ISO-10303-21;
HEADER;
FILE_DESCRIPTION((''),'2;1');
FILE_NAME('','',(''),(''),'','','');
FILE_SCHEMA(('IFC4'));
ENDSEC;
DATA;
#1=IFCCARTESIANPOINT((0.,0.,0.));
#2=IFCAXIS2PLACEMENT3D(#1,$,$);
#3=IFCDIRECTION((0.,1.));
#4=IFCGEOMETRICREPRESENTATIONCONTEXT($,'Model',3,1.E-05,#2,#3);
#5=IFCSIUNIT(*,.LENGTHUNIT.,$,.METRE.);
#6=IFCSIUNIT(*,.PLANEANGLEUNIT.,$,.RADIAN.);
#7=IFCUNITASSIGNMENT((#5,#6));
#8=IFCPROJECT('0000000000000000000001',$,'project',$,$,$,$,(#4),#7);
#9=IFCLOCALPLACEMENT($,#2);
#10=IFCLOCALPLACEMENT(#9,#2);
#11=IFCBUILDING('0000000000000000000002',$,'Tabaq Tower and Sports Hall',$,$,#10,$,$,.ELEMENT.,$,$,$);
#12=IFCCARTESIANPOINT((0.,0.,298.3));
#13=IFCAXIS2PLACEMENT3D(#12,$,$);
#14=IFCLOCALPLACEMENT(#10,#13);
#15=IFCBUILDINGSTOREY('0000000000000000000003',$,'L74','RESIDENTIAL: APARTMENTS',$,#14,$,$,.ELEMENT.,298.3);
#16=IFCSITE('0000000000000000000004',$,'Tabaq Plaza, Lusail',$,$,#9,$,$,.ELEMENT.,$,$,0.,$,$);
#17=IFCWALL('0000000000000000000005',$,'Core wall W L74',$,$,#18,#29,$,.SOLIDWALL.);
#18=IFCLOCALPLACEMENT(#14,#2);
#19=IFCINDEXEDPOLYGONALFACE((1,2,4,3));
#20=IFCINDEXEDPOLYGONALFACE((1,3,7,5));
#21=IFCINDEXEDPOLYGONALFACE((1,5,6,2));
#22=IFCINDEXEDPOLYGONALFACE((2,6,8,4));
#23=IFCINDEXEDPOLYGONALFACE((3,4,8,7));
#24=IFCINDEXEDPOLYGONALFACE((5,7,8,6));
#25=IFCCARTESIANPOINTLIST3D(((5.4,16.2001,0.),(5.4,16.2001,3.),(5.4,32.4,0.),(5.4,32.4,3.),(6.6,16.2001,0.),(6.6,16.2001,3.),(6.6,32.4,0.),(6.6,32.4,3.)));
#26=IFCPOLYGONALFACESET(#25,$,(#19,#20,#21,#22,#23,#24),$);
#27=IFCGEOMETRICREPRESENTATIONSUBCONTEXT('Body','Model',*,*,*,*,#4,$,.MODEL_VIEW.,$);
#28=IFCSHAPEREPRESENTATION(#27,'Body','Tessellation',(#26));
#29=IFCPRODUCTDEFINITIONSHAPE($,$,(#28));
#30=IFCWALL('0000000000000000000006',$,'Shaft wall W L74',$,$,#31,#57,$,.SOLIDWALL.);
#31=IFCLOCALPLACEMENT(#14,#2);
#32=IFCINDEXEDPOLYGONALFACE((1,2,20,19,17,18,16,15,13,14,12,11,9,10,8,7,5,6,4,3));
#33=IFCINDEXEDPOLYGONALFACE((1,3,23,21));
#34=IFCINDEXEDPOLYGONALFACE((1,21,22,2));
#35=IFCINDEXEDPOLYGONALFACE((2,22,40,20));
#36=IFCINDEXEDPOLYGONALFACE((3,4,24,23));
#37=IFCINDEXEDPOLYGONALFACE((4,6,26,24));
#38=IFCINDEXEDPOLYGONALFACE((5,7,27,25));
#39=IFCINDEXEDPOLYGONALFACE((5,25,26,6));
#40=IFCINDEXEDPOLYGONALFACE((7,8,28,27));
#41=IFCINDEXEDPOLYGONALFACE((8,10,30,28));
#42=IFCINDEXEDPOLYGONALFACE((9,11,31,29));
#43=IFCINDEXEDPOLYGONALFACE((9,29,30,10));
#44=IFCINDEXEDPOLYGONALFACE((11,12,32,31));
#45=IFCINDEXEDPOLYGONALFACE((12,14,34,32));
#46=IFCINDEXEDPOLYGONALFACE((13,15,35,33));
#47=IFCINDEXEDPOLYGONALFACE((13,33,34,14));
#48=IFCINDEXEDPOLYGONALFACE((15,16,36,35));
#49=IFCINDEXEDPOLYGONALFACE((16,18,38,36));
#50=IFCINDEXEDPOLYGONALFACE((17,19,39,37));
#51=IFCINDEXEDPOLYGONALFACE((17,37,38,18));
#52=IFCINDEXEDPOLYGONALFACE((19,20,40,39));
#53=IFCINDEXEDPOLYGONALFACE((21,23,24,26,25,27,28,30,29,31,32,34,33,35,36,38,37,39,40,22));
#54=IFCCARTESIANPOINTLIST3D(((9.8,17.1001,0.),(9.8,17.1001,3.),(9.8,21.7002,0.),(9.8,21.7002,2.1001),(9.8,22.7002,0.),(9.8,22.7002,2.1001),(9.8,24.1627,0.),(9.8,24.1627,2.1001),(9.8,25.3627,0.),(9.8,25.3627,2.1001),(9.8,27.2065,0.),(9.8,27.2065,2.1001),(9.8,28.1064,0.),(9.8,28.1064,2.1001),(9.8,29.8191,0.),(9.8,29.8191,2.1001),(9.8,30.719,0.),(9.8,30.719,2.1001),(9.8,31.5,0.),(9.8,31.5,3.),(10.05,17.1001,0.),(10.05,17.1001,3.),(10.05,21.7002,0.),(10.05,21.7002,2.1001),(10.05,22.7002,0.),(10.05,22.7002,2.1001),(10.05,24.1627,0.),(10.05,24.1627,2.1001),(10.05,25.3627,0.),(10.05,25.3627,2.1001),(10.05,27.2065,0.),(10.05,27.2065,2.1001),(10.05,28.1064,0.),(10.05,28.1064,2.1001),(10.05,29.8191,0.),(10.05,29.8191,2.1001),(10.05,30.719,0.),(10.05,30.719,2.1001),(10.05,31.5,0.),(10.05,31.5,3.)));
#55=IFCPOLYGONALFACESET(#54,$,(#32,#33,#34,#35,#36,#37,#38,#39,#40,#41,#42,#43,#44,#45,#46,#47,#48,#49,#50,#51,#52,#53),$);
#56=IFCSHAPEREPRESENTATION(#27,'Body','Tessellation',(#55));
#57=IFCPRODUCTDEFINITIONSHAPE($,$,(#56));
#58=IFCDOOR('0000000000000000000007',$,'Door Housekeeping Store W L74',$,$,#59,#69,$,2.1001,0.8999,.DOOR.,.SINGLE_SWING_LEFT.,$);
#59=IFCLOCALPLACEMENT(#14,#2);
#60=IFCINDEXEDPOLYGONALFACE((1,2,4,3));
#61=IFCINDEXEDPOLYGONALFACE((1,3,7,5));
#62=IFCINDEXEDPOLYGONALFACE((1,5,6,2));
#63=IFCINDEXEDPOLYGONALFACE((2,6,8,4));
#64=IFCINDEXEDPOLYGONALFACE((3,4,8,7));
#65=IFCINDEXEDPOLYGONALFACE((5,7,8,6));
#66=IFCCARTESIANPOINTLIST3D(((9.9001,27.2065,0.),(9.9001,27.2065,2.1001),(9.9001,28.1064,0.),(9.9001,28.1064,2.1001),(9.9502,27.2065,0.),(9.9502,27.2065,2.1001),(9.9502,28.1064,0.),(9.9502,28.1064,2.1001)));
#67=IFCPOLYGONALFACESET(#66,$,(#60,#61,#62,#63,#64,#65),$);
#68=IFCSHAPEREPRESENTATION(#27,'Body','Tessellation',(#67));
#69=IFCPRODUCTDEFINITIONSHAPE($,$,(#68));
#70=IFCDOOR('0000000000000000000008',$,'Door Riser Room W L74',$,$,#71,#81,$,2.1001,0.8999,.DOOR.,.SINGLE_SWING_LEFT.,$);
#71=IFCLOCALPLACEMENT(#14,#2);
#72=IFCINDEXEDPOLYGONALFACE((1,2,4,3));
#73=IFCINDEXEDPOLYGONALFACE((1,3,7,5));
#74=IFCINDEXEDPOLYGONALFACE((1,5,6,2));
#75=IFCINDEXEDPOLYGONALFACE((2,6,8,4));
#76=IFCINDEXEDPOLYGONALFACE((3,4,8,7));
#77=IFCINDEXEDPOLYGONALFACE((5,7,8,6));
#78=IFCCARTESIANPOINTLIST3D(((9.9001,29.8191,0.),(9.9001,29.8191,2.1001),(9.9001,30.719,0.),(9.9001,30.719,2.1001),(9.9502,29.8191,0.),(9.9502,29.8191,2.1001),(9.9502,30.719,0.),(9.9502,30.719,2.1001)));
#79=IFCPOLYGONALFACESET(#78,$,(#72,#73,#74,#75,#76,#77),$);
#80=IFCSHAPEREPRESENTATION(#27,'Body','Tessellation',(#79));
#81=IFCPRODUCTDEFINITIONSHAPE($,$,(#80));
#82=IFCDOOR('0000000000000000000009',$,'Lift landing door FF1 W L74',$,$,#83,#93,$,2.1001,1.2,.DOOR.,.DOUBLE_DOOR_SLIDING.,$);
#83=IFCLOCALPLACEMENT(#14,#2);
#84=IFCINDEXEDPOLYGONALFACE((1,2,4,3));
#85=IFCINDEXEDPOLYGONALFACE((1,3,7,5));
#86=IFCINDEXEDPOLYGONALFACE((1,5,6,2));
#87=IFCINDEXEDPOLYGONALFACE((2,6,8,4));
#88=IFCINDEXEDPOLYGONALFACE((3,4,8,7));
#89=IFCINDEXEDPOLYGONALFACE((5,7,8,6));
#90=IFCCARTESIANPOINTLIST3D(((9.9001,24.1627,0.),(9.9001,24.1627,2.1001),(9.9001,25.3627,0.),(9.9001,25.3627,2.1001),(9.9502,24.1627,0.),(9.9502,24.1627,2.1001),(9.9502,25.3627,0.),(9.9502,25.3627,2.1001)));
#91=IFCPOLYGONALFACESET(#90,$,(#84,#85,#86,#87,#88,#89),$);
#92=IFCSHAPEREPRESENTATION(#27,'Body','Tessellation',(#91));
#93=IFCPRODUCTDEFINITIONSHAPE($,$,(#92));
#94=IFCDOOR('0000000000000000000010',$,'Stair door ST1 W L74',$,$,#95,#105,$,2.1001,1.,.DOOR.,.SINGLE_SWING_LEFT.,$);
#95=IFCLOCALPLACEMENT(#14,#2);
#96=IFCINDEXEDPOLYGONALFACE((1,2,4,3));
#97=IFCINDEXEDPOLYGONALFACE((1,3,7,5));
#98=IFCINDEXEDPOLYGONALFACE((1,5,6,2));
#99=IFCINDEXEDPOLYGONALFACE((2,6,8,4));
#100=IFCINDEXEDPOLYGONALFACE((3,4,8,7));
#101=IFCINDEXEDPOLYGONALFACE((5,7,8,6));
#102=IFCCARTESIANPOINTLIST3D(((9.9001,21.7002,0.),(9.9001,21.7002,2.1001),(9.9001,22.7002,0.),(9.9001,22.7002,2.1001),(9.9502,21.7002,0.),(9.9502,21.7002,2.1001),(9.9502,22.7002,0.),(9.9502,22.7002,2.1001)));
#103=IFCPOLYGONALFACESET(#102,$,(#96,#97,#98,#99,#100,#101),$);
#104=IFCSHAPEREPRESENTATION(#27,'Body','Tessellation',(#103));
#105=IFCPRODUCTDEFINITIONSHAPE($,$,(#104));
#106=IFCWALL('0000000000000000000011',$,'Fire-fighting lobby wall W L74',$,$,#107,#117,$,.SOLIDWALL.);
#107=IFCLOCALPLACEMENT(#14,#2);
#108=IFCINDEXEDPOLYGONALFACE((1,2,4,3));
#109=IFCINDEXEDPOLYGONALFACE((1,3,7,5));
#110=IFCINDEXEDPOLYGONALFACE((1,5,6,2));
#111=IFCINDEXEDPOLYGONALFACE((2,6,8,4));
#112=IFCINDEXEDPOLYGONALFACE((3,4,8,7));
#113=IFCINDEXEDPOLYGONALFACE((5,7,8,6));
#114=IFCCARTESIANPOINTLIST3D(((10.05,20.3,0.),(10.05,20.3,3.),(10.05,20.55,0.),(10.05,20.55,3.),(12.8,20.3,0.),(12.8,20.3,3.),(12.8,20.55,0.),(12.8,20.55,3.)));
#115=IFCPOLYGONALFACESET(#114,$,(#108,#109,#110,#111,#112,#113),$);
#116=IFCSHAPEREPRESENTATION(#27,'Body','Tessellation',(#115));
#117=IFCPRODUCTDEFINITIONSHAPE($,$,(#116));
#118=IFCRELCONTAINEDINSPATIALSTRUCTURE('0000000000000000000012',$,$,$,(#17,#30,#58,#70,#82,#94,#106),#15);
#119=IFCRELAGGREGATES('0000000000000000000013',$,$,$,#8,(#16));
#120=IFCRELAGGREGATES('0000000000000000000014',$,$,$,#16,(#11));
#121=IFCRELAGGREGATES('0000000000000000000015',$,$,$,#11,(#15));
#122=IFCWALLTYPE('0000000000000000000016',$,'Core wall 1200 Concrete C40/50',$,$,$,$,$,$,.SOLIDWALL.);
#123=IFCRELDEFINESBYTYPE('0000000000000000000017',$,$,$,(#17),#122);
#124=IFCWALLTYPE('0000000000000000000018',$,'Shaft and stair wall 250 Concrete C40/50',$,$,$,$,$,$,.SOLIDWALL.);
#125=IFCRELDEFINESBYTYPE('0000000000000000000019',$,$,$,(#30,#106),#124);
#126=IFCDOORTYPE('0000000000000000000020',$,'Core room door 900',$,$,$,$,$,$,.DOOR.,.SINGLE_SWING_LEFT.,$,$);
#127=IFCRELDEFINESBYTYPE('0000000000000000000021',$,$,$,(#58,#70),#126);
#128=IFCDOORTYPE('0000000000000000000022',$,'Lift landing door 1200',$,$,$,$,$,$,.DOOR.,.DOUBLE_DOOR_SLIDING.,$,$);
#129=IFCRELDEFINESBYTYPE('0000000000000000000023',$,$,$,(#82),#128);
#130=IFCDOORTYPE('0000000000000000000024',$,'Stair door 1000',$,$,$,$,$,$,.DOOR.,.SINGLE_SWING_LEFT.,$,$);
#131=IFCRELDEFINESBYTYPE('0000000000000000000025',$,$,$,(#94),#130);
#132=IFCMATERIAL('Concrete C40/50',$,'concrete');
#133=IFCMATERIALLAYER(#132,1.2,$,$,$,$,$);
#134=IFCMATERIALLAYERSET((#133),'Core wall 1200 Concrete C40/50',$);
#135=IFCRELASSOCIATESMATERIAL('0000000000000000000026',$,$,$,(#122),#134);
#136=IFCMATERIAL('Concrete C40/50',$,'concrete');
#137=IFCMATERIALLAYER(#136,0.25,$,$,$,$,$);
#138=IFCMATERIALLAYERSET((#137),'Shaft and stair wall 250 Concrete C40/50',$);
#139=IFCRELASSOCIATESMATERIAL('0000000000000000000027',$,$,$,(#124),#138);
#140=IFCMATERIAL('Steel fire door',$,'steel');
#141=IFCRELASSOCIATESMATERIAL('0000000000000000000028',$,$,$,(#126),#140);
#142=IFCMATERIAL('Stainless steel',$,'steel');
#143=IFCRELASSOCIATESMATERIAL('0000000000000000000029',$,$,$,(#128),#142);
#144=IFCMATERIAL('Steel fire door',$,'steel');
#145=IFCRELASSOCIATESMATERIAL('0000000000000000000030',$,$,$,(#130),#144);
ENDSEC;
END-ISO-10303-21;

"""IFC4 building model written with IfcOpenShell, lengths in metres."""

from ifc_helpers import new_model, si_unit, direction, frame, frame_2d, origin, place, context, subcontext, project, spatial, rectangle, extrude, material, layer, layer_set, type_object, element, fill, save


model = new_model("IFC4")

# Units and contexts
model_context = context("Model", 3, precision=1e-05, world=origin(), true_north=direction((0.0, 1.0)))
body_context = subcontext(model_context, "Body", "Model", "MODEL_VIEW")
ifc_project = project(units=[si_unit("LENGTHUNIT", "METRE"), si_unit("PLANEANGLEUNIT", "RADIAN")], contexts=[model_context])

# Site, building, storey
site_placement = place(None, origin())
site = spatial("IfcSite", under=ifc_project, at=site_placement, Name="Tabaq Plaza, Lusail", CompositionType="ELEMENT", RefElevation=0.0)
building_placement = place(site_placement, origin())
building = spatial("IfcBuilding", under=site, at=building_placement, Name="Tabaq Tower and Sports Hall", CompositionType="ELEMENT")
storey_placement = place(building_placement, frame((0.0, 0.0, 298.3)))
storey = spatial("IfcBuildingStorey", under=building, at=storey_placement, Name="L74", Description="RESIDENTIAL: APARTMENTS", CompositionType="ELEMENT", Elevation=298.3)

# Wall
ifc_material_1 = material(Name="Concrete C40/50", Category="concrete")
ifc_layer_1 = layer(ifc_material_1, 1.2)
ifc_layer_set_1 = layer_set([ifc_layer_1], Name="Core wall 1200 Concrete C40/50")
wall_type_1 = type_object("IfcWallType", Name="Core wall 1200 Concrete C40/50", PredefinedType="SOLIDWALL", material=ifc_layer_set_1)
wall_1_placement = place(storey_placement, frame((6.0, 16.2, 0.0), z_axis=(0.0, 0.0, 1.0), x_axis=(0.0, 1.0, 0.0)))
element("IfcWall", 1, at=wall_1_placement, inside=storey, type_object=wall_type_1, Name="Core wall W L74", PredefinedType="SOLIDWALL", context=body_context, shape_type="SweptSolid", body=[
    extrude(rectangle(XDim=16.2, YDim=1.2, at=frame_2d((8.1001, 0.0))), origin(), (0.0, 0.0, 1.0), 3.0),
])

# Wall, openings, doors
ifc_material_2 = material(Name="Concrete C40/50", Category="concrete")
ifc_layer_2 = layer(ifc_material_2, 0.25)
ifc_layer_set_2 = layer_set([ifc_layer_2], Name="Shaft and stair wall 250 Concrete C40/50")
wall_type_2 = type_object("IfcWallType", Name="Shaft and stair wall 250 Concrete C40/50", PredefinedType="SOLIDWALL", material=ifc_layer_set_2)
wall_2_placement = place(storey_placement, frame((9.925, 17.1001, 0.0), z_axis=(0.0, 0.0, 1.0), x_axis=(0.0, 1.0, 0.0)))
wall_2 = element("IfcWall", 2, at=wall_2_placement, inside=storey, type_object=wall_type_2, Name="Shaft wall W L74", PredefinedType="SOLIDWALL", context=body_context, shape_type="SweptSolid", body=[
    extrude(rectangle(XDim=14.3999, YDim=0.25, at=frame_2d((7.2, 0.0))), origin(), (0.0, 0.0, 1.0), 3.0),
])
opening_1_placement = place(wall_2_placement, frame((4.6001, 0.0, 0.0)))
opening_1 = element("IfcOpeningElement", 3, at=opening_1_placement, cuts=wall_2, PredefinedType="OPENING", context=body_context, shape_type="SweptSolid", body=[
    extrude(rectangle(XDim=1.0, YDim=2.1001, at=frame_2d((0.5, 1.05))), frame((0.0, 0.125, 0.0), z_axis=(0.0, -1.0, 0.0), x_axis=(1.0, 0.0, 0.0)), (0.0, 0.0, 1.0), 0.25),
])
opening_2_placement = place(wall_2_placement, frame((7.0625, 0.0, 0.0)))
opening_2 = element("IfcOpeningElement", 4, at=opening_2_placement, cuts=wall_2, PredefinedType="OPENING", context=body_context, shape_type="SweptSolid", body=[
    extrude(rectangle(XDim=1.2, YDim=2.1001, at=frame_2d((0.6001, 1.05))), frame((0.0, 0.125, 0.0), z_axis=(0.0, -1.0, 0.0), x_axis=(1.0, 0.0, 0.0)), (0.0, 0.0, 1.0), 0.25),
])
opening_3_placement = place(wall_2_placement, frame((10.1064, 0.0, 0.0)))
opening_3 = element("IfcOpeningElement", 5, at=opening_3_placement, cuts=wall_2, PredefinedType="OPENING", context=body_context, shape_type="SweptSolid", body=[
    extrude(rectangle(XDim=0.8999, YDim=2.1001, at=frame_2d((0.45, 1.05))), frame((0.0, 0.125, 0.0), z_axis=(0.0, -1.0, 0.0), x_axis=(1.0, 0.0, 0.0)), (0.0, 0.0, 1.0), 0.25),
])
opening_4_placement = place(wall_2_placement, frame((12.719, 0.0, 0.0)))
opening_4 = element("IfcOpeningElement", 6, at=opening_4_placement, cuts=wall_2, PredefinedType="OPENING", context=body_context, shape_type="SweptSolid", body=[
    extrude(rectangle(XDim=0.8999, YDim=2.1001, at=frame_2d((0.45, 1.05))), frame((0.0, 0.125, 0.0), z_axis=(0.0, -1.0, 0.0), x_axis=(1.0, 0.0, 0.0)), (0.0, 0.0, 1.0), 0.25),
])
ifc_material_3 = material(Name="Steel fire door", Category="steel")
door_type_1 = type_object("IfcDoorType", Name="Core room door 900", OperationType="SINGLE_SWING_LEFT", PredefinedType="DOOR", material=ifc_material_3)
door_1_placement = place(opening_3_placement, origin())
door_1 = element("IfcDoor", 7, at=door_1_placement, inside=storey, type_object=door_type_1, Name="Door Housekeeping Store W L74", OperationType="SINGLE_SWING_LEFT", OverallHeight=2.1001, OverallWidth=0.8999, PredefinedType="DOOR", context=body_context, shape_type="SweptSolid", body=[
    extrude(rectangle(XDim=0.8999, YDim=2.1001, at=frame_2d((0.45, 1.05))), frame((0.0, 0.0249, 0.0), z_axis=(0.0, -1.0, 0.0), x_axis=(1.0, 0.0, 0.0)), (0.0, 0.0, 1.0), 0.05),
])
fill(opening_3, door_1)
door_2_placement = place(opening_4_placement, origin())
door_2 = element("IfcDoor", 8, at=door_2_placement, inside=storey, type_object=door_type_1, Name="Door Riser Room W L74", OperationType="SINGLE_SWING_LEFT", OverallHeight=2.1001, OverallWidth=0.8999, PredefinedType="DOOR", context=body_context, shape_type="SweptSolid", body=[
    extrude(rectangle(XDim=0.8999, YDim=2.1001, at=frame_2d((0.45, 1.05))), frame((0.0, 0.0249, 0.0), z_axis=(0.0, -1.0, 0.0), x_axis=(1.0, 0.0, 0.0)), (0.0, 0.0, 1.0), 0.05),
])
fill(opening_4, door_2)
ifc_material_4 = material(Name="Stainless steel", Category="steel")
door_type_2 = type_object("IfcDoorType", Name="Lift landing door 1200", OperationType="DOUBLE_DOOR_SLIDING", PredefinedType="DOOR", material=ifc_material_4)
door_3_placement = place(opening_2_placement, origin())
door_3 = element("IfcDoor", 9, at=door_3_placement, inside=storey, type_object=door_type_2, Name="Lift landing door FF1 W L74", OperationType="DOUBLE_DOOR_SLIDING", OverallHeight=2.1001, OverallWidth=1.2, PredefinedType="DOOR", context=body_context, shape_type="SweptSolid", body=[
    extrude(rectangle(XDim=1.2, YDim=2.1001, at=frame_2d((0.6001, 1.05))), frame((0.0, 0.0249, 0.0), z_axis=(0.0, -1.0, 0.0), x_axis=(1.0, 0.0, 0.0)), (0.0, 0.0, 1.0), 0.05),
])
fill(opening_2, door_3)
ifc_material_5 = material(Name="Steel fire door", Category="steel")
door_type_3 = type_object("IfcDoorType", Name="Stair door 1000", OperationType="SINGLE_SWING_LEFT", PredefinedType="DOOR", material=ifc_material_5)
door_4_placement = place(opening_1_placement, origin())
door_4 = element("IfcDoor", 10, at=door_4_placement, inside=storey, type_object=door_type_3, Name="Stair door ST1 W L74", OperationType="SINGLE_SWING_LEFT", OverallHeight=2.1001, OverallWidth=1.0, PredefinedType="DOOR", context=body_context, shape_type="SweptSolid", body=[
    extrude(rectangle(XDim=1.0, YDim=2.1001, at=frame_2d((0.5, 1.05))), frame((0.0, 0.0249, 0.0), z_axis=(0.0, -1.0, 0.0), x_axis=(1.0, 0.0, 0.0)), (0.0, 0.0, 1.0), 0.05),
])
fill(opening_1, door_4)

# Wall
wall_3_placement = place(storey_placement, frame((10.05, 20.425, 0.0), z_axis=(0.0, 0.0, 1.0), x_axis=(1.0, 0.0, 0.0)))
element("IfcWall", 11, at=wall_3_placement, inside=storey, type_object=wall_type_2, Name="Fire-fighting lobby wall W L74", PredefinedType="SOLIDWALL", context=body_context, shape_type="SweptSolid", body=[
    extrude(rectangle(XDim=2.75, YDim=0.25, at=frame_2d((1.375, 0.0))), origin(), (0.0, 0.0, 1.0), 3.0),
])

save(model, "model.ifc")
